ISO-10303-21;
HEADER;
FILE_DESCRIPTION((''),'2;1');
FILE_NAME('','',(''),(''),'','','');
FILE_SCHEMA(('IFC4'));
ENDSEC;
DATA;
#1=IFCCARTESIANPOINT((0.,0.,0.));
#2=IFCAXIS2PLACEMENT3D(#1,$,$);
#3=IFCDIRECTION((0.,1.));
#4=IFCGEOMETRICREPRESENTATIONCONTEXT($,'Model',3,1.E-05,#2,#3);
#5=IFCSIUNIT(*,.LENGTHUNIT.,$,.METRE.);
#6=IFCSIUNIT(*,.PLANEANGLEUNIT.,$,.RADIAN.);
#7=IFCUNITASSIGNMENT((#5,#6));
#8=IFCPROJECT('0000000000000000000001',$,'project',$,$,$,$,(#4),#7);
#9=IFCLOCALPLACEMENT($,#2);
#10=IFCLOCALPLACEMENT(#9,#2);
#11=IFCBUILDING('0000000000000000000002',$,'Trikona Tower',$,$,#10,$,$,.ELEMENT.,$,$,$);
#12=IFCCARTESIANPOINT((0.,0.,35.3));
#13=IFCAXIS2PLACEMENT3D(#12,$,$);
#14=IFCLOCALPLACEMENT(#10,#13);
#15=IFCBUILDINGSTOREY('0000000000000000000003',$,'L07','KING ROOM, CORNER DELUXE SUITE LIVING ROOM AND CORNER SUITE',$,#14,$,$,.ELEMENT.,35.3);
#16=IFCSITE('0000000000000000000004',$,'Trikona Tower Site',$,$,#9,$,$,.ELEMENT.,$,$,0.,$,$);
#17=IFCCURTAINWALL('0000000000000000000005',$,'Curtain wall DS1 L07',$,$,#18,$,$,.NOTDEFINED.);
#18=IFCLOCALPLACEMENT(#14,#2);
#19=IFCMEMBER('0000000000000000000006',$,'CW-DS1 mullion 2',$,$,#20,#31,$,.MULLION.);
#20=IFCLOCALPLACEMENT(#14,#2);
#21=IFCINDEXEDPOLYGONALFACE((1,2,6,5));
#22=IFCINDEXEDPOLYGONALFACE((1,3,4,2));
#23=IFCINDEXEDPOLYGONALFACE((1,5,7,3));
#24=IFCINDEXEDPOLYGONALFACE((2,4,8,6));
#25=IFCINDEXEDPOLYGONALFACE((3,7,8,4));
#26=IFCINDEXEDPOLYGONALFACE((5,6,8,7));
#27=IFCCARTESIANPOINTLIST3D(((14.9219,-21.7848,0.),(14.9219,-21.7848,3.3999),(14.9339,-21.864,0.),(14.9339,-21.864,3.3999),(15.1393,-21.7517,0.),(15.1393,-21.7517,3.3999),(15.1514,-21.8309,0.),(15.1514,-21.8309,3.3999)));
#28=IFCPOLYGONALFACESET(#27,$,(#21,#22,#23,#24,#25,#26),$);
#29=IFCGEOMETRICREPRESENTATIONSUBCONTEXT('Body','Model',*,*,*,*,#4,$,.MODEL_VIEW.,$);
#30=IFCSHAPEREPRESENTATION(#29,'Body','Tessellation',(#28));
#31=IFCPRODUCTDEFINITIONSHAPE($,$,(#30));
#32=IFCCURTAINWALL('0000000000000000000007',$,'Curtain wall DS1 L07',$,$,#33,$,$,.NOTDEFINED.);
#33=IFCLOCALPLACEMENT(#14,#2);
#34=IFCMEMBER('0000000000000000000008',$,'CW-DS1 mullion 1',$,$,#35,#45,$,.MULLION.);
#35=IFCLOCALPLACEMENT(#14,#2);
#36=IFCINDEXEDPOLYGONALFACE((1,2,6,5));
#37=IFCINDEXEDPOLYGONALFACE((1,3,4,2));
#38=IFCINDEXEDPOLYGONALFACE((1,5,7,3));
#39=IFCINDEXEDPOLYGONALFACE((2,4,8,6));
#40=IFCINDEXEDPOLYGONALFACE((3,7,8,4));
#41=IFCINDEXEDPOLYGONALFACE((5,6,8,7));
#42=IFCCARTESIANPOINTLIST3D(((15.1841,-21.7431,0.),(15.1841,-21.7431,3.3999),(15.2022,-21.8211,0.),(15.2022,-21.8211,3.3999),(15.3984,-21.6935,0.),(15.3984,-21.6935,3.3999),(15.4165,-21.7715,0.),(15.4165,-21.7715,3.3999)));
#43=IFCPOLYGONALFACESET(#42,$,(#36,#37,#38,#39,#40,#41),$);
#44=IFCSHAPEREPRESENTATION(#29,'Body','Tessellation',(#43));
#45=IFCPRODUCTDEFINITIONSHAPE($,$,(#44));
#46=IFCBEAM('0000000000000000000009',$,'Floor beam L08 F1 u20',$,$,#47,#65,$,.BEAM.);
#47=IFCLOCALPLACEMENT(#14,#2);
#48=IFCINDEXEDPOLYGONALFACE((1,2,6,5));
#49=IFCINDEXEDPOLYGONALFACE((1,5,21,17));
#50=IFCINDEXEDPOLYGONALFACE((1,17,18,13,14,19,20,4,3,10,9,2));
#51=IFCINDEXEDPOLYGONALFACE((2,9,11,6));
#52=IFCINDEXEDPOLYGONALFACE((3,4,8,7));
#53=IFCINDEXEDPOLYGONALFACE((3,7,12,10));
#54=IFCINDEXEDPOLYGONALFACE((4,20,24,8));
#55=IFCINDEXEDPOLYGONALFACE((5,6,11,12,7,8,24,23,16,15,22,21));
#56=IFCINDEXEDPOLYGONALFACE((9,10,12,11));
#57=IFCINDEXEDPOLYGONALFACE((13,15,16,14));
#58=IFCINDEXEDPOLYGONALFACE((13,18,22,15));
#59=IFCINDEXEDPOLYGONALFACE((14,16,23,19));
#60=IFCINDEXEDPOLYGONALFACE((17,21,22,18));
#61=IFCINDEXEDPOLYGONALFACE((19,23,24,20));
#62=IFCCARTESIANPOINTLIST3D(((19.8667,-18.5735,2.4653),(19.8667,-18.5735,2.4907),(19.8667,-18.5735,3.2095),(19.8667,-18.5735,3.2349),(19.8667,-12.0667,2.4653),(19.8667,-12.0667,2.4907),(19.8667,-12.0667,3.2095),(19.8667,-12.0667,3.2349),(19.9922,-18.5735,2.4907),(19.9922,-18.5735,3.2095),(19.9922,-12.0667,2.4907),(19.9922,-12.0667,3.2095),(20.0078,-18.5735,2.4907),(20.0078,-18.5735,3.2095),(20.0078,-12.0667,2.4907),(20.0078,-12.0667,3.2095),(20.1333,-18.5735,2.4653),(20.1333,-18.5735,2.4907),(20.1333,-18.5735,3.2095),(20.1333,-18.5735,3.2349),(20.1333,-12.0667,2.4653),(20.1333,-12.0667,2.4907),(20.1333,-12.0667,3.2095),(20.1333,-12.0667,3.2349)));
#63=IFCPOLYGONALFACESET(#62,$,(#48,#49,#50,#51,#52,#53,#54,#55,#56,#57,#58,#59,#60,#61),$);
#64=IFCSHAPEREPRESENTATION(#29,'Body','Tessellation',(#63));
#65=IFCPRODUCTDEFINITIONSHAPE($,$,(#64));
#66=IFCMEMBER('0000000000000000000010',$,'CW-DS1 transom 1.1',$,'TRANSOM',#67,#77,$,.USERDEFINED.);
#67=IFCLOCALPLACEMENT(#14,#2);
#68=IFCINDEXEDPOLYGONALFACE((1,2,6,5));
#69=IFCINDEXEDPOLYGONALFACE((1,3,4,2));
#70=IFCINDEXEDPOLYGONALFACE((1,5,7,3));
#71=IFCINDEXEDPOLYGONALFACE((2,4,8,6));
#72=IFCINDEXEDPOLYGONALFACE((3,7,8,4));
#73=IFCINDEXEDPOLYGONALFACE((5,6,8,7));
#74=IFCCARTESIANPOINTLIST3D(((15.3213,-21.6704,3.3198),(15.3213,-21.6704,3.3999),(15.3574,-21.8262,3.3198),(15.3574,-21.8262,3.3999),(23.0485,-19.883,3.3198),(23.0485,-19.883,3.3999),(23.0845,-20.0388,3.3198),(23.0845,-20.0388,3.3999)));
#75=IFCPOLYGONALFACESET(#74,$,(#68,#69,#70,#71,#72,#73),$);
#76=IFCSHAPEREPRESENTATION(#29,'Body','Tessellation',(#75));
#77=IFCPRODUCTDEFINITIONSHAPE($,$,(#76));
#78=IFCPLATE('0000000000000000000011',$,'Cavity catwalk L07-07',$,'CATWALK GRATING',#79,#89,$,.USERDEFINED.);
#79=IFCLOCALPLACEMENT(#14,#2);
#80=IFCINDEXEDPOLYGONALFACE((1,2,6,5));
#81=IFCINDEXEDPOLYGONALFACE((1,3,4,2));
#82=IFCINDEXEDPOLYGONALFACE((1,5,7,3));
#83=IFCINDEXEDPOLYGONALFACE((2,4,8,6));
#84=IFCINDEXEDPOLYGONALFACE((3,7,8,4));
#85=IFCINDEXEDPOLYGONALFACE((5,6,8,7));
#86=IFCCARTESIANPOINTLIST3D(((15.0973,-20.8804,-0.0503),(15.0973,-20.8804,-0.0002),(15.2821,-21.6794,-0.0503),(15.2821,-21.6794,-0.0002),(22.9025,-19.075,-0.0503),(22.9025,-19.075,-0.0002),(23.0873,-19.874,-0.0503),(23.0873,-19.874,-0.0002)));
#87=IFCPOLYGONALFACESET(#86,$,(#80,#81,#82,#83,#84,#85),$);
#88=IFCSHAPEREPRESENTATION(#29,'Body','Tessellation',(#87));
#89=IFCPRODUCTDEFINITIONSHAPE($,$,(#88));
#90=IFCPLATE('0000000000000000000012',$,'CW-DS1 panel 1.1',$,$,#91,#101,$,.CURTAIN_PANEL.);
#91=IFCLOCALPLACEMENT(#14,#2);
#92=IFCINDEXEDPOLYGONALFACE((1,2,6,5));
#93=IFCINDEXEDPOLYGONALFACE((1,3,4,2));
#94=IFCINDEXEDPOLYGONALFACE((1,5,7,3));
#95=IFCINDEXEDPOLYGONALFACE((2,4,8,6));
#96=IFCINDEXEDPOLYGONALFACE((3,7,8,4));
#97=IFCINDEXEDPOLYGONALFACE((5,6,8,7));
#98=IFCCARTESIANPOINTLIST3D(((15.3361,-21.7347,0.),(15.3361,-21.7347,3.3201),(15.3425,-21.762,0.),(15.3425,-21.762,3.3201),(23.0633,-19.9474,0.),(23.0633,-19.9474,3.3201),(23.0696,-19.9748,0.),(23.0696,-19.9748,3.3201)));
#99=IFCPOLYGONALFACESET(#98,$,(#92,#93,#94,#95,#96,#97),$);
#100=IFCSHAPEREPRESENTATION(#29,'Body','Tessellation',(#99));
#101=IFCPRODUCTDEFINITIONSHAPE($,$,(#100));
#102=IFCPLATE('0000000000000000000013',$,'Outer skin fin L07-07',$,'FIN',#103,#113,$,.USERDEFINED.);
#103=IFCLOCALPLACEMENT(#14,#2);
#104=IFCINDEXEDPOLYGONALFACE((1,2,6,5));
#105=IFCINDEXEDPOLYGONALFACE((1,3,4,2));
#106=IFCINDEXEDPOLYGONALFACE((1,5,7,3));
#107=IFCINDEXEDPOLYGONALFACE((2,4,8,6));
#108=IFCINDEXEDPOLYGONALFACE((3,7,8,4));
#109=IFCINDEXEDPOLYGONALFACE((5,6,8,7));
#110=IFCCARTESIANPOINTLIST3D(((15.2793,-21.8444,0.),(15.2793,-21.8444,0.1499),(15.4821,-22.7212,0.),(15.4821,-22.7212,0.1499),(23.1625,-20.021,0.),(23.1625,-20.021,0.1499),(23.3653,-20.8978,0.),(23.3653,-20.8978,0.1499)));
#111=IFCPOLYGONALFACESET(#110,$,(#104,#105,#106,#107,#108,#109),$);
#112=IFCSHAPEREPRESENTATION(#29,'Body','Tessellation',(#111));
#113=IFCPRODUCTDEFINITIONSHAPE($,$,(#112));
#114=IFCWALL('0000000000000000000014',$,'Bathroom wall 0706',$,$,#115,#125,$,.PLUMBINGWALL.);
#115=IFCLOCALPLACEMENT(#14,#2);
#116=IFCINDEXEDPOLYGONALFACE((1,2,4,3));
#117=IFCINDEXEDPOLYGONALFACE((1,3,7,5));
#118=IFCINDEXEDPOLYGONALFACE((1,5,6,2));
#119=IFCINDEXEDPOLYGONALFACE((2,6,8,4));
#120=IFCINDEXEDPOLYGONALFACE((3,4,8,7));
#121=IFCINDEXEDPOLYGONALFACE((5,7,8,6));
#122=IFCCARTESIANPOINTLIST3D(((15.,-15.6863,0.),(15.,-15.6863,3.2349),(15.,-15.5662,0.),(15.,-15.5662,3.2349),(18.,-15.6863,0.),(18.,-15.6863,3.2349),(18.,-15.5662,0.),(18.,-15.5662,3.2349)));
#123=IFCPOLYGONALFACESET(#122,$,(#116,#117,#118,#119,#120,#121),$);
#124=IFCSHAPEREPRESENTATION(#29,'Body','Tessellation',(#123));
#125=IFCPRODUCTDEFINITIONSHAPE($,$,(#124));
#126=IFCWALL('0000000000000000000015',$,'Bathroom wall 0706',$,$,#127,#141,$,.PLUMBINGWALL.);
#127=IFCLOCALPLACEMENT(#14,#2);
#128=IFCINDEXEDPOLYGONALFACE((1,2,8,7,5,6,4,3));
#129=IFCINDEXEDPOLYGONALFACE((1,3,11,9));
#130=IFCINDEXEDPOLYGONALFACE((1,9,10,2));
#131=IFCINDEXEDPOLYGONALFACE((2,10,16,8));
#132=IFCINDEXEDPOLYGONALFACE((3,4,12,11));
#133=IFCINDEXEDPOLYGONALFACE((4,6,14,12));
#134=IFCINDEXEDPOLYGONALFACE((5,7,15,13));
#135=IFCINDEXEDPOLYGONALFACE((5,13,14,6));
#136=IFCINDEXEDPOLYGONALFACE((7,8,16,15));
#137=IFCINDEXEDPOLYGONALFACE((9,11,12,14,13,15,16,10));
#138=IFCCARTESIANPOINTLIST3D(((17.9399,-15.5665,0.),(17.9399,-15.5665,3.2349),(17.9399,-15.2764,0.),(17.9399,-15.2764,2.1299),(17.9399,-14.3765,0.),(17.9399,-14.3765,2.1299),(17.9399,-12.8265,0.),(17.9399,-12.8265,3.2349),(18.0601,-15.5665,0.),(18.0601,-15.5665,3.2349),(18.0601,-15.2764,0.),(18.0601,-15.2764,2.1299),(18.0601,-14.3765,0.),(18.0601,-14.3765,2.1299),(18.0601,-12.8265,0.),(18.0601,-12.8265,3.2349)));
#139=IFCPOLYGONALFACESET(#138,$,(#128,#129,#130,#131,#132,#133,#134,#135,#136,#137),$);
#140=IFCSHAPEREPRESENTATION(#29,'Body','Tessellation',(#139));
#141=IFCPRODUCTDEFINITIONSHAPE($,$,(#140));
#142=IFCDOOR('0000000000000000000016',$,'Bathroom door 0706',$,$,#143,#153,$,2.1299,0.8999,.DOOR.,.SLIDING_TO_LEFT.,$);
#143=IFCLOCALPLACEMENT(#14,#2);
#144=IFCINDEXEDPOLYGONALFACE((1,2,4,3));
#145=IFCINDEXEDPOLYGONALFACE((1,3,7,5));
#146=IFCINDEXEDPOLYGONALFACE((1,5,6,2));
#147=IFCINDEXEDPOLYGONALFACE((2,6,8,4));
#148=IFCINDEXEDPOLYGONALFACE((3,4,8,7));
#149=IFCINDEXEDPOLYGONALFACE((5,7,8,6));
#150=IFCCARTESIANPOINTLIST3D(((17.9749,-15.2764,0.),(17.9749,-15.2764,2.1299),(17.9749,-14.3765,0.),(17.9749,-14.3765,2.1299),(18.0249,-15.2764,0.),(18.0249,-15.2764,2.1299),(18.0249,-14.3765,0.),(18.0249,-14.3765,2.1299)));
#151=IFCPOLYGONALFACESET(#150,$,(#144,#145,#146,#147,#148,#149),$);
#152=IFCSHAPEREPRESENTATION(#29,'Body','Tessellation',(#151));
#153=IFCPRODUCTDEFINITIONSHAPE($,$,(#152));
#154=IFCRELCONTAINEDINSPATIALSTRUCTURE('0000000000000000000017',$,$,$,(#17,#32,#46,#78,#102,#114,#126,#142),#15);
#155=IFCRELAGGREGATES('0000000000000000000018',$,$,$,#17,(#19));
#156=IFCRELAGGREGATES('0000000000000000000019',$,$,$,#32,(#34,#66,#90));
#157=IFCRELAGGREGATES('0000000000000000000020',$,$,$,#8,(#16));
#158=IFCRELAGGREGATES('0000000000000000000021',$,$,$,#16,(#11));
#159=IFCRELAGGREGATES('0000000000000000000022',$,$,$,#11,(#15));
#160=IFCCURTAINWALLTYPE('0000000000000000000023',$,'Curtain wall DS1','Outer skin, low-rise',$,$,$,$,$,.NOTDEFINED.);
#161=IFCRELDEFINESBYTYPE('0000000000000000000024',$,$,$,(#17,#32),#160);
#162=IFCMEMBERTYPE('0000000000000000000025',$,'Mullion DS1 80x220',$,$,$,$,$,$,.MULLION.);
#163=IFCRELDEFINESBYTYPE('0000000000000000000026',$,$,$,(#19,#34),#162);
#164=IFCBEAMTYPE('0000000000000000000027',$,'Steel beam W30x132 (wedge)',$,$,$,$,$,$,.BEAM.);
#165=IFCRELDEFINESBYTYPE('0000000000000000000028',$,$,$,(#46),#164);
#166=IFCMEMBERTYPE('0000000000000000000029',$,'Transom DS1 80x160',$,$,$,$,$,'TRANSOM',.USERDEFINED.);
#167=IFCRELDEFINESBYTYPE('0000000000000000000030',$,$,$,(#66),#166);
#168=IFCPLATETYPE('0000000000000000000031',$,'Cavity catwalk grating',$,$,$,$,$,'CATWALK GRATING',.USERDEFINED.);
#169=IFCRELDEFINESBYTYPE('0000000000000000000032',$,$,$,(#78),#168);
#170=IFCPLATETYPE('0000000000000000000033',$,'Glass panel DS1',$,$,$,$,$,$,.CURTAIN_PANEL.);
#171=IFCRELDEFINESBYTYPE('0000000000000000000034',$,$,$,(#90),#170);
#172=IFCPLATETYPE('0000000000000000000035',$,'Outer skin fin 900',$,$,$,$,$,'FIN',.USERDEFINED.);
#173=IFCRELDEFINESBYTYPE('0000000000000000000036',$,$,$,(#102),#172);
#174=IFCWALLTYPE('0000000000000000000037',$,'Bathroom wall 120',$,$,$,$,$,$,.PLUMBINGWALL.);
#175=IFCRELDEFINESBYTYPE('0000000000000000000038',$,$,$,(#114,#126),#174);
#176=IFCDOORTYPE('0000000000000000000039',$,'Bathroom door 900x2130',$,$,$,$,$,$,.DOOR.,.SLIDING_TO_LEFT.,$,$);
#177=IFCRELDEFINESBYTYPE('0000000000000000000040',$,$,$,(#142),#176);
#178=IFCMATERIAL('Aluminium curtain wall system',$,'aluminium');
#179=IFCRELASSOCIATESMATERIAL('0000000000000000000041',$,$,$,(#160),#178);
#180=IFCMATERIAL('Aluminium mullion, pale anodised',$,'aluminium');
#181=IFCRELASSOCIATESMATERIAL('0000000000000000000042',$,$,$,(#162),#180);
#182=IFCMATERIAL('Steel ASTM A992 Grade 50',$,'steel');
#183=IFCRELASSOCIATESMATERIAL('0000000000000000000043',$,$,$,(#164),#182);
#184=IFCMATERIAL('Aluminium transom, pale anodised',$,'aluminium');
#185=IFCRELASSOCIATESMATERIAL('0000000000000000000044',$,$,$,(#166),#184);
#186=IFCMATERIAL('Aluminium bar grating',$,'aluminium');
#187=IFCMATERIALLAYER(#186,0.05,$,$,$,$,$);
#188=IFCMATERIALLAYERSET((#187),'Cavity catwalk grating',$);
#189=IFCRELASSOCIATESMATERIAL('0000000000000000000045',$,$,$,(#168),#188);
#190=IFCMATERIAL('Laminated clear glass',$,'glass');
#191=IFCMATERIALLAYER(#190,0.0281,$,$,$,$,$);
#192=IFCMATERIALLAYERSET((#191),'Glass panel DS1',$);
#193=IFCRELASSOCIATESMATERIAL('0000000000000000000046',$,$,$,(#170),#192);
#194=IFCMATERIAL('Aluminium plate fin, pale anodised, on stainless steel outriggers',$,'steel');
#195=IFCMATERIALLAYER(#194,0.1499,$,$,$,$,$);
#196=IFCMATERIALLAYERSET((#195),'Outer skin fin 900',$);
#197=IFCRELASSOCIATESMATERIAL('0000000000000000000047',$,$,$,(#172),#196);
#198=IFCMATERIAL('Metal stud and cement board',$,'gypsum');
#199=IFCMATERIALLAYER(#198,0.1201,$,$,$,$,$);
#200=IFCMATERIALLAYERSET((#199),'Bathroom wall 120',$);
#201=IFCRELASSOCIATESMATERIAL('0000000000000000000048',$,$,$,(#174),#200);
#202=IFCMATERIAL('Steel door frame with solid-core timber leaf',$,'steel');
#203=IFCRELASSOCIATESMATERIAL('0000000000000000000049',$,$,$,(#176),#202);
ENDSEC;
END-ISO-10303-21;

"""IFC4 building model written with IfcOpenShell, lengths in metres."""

from ifc_helpers import new_model, si_unit, direction, frame, frame_2d, origin, origin_2d, place, context, subcontext, project, spatial, rectangle, i_section, extrude, material, layer, layer_set, material_profile, profile_set, type_object, element, fill, aggregate, save


model = new_model("IFC4")

# Units and contexts
model_context = context("Model", 3, precision=1e-05, world=origin(), true_north=direction((0.0, 1.0)))
body_context = subcontext(model_context, "Body", "Model", "MODEL_VIEW")
ifc_project = project(units=[si_unit("LENGTHUNIT", "METRE"), si_unit("PLANEANGLEUNIT", "RADIAN")], contexts=[model_context])

# Site, building, storey
site_placement = place(None, origin())
site = spatial("IfcSite", under=ifc_project, at=site_placement, Name="Trikona Tower Site", CompositionType="ELEMENT", RefElevation=0.0)
building_placement = place(site_placement, origin())
building = spatial("IfcBuilding", under=site, at=building_placement, Name="Trikona Tower", CompositionType="ELEMENT")
storey_placement = place(building_placement, frame((0.0, 0.0, 35.3)))
storey = spatial("IfcBuildingStorey", under=building, at=storey_placement, Name="L07", Description="KING ROOM, CORNER DELUXE SUITE LIVING ROOM AND CORNER SUITE", CompositionType="ELEMENT", Elevation=35.3)

# Curtain walls, members
ifc_material_1 = material(Name="Aluminium curtain wall system", Category="aluminium")
curtain_wall_type = type_object("IfcCurtainWallType", Name="Curtain wall DS1", Description="Outer skin, low-rise", PredefinedType="NOTDEFINED", material=ifc_material_1)
curtain_wall_1_placement = place(storey_placement, origin())
curtain_wall_1 = element("IfcCurtainWall", 1, at=curtain_wall_1_placement, inside=storey, type_object=curtain_wall_type, Name="Curtain wall DS1 L07", PredefinedType="NOTDEFINED")
ifc_material_2 = material(Name="Aluminium mullion, pale anodised", Category="aluminium")
ifc_material_profile_1 = material_profile(ifc_material_2, rectangle(XDim=0.0801, YDim=0.22, at=origin_2d()), Name="MUL-DS1")
ifc_profile_set_1 = profile_set([ifc_material_profile_1], Name="Aluminium mullion, pale anodised")
member_type_1 = type_object("IfcMemberType", Name="Mullion DS1 80x220", PredefinedType="MULLION", material=ifc_profile_set_1)
member_1_placement = place(storey_placement, frame((15.0366, -21.8079, 0.0), z_axis=(0.0, 0.0, 1.0), x_axis=(-0.150438, 0.988619, 0.0)))
member_1 = element("IfcMember", 2, at=member_1_placement, type_object=member_type_1, Name="CW-DS1 mullion 2", PredefinedType="MULLION", context=body_context, shape_type="SweptSolid", body=[
    extrude(rectangle(XDim=0.0801, YDim=0.22, at=origin_2d()), origin(), (0.0, 0.0, 1.0), 3.3999),
])
aggregate(curtain_wall_1, [member_1])
curtain_wall_2_placement = place(storey_placement, origin())
curtain_wall_2 = element("IfcCurtainWall", 3, at=curtain_wall_2_placement, inside=storey, type_object=curtain_wall_type, Name="Curtain wall DS1 L07", PredefinedType="NOTDEFINED")
member_2_placement = place(storey_placement, frame((15.3003, -21.7573, 0.0), z_axis=(0.0, 0.0, 1.0), x_axis=(-0.225343, 0.974279, 0.0)))
member_2 = element("IfcMember", 4, at=member_2_placement, type_object=member_type_1, Name="CW-DS1 mullion 1", PredefinedType="MULLION", context=body_context, shape_type="SweptSolid", body=[
    extrude(rectangle(XDim=0.0801, YDim=0.22, at=origin_2d()), origin(), (0.0, 0.0, 1.0), 3.3999),
])

# Beam
ifc_material_3 = material(Name="Steel ASTM A992 Grade 50", Category="steel")
ifc_material_profile_2 = material_profile(ifc_material_3, i_section(OverallWidth=0.2666, OverallDepth=0.7695, WebThickness=0.0156, FlangeThickness=0.0254, at=origin_2d()), Name="W30X132")
ifc_profile_set_2 = profile_set([ifc_material_profile_2], Name="Steel ASTM A992 Grade 50")
beam_type = type_object("IfcBeamType", Name="Steel beam W30x132 (wedge)", PredefinedType="BEAM", material=ifc_profile_set_2)
beam_placement = place(storey_placement, frame((20.0, -12.0667, 2.8501), z_axis=(0.0, -1.0, 0.0), x_axis=(1.0, 0.0, 0.0)))
element("IfcBeam", 5, at=beam_placement, inside=storey, type_object=beam_type, Name="Floor beam L08 F1 u20", PredefinedType="BEAM", context=body_context, shape_type="SweptSolid", body=[
    extrude(i_section(OverallWidth=0.2666, OverallDepth=0.7695, WebThickness=0.0156, FlangeThickness=0.0254, at=origin_2d()), origin(), (0.0, 0.0, 1.0), 6.5068),
])

# Member
ifc_material_4 = material(Name="Aluminium transom, pale anodised", Category="aluminium")
ifc_material_profile_3 = material_profile(ifc_material_4, rectangle(XDim=0.1599, YDim=0.0801, at=origin_2d()), Name="TRN-DS1")
ifc_profile_set_3 = profile_set([ifc_material_profile_3], Name="Aluminium transom, pale anodised")
member_type_2 = type_object("IfcMemberType", Name="Transom DS1 80x160", ElementType="TRANSOM", PredefinedType="USERDEFINED", material=ifc_profile_set_3)
member_3_placement = place(storey_placement, frame((15.3394, -21.7483, 3.3599), z_axis=(0.974275, 0.225361, 0.0), x_axis=(-0.225361, 0.974275, 0.0)))
member_3 = element("IfcMember", 6, at=member_3_placement, type_object=member_type_2, Name="CW-DS1 transom 1.1", ObjectType="TRANSOM", PredefinedType="USERDEFINED", context=body_context, shape_type="SweptSolid", body=[
    extrude(rectangle(XDim=0.1599, YDim=0.0801, at=origin_2d()), origin(), (0.0, 0.0, 1.0), 7.9312),
])

# Plates
ifc_material_5 = material(Name="Aluminium bar grating", Category="aluminium")
ifc_layer_1 = layer(ifc_material_5, 0.05)
ifc_layer_set_1 = layer_set([ifc_layer_1], Name="Cavity catwalk grating")
plate_type_1 = type_object("IfcPlateType", Name="Cavity catwalk grating", ElementType="CATWALK GRATING", PredefinedType="USERDEFINED", material=ifc_layer_set_1)
plate_1_placement = place(storey_placement, frame((19.0923, -20.3772, -0.0503), z_axis=(0.0, 0.0, 1.0), x_axis=(0.974278, 0.225351, 0.0)))
element("IfcPlate", 7, at=plate_1_placement, inside=storey, type_object=plate_type_1, Name="Cavity catwalk L07-07", ObjectType="CATWALK GRATING", PredefinedType="USERDEFINED", context=body_context, shape_type="SweptSolid", body=[
    extrude(rectangle(XDim=8.0112, YDim=0.8201, at=origin_2d()), origin(), (0.0, 0.0, 1.0), 0.05),
])
ifc_material_6 = material(Name="Laminated clear glass", Category="glass")
ifc_layer_2 = layer(ifc_material_6, 0.0281)
ifc_layer_set_2 = layer_set([ifc_layer_2], Name="Glass panel DS1")
plate_type_2 = type_object("IfcPlateType", Name="Glass panel DS1", PredefinedType="CURTAIN_PANEL", material=ifc_layer_set_2)
plate_2_placement = place(storey_placement, frame((19.2029, -20.8547, 0.0), z_axis=(0.0, 0.0, 1.0), x_axis=(0.974279, 0.225343, 0.0)))
plate_2 = element("IfcPlate", 8, at=plate_2_placement, type_object=plate_type_2, Name="CW-DS1 panel 1.1", PredefinedType="CURTAIN_PANEL", context=body_context, shape_type="SweptSolid", body=[
    extrude(rectangle(XDim=7.9312, YDim=0.0281, at=origin_2d()), origin(), (0.0, 0.0, 1.0), 3.3201),
])
aggregate(curtain_wall_2, [member_2, member_3, plate_2])
ifc_material_7 = material(Name="Aluminium plate fin, pale anodised, on stainless steel outriggers", Category="steel")
ifc_layer_3 = layer(ifc_material_7, 0.1499)
ifc_layer_set_3 = layer_set([ifc_layer_3], Name="Outer skin fin 900")
plate_type_3 = type_object("IfcPlateType", Name="Outer skin fin 900", ElementType="FIN", PredefinedType="USERDEFINED", material=ifc_layer_set_3)
plate_3_placement = place(storey_placement, frame((19.3223, -21.3711, 0.0), z_axis=(0.0, 0.0, 1.0), x_axis=(0.974278, 0.225351, 0.0)))
element("IfcPlate", 9, at=plate_3_placement, inside=storey, type_object=plate_type_3, Name="Outer skin fin L07-07", ObjectType="FIN", PredefinedType="USERDEFINED", context=body_context, shape_type="SweptSolid", body=[
    extrude(rectangle(XDim=8.0913, YDim=0.8999, at=origin_2d()), origin(), (0.0, 0.0, 1.0), 0.1499),
])

# Wall
ifc_material_8 = material(Name="Metal stud and cement board", Category="gypsum")
ifc_layer_4 = layer(ifc_material_8, 0.1201)
ifc_layer_set_4 = layer_set([ifc_layer_4], Name="Bathroom wall 120")
wall_type_1 = type_object("IfcWallType", Name="Bathroom wall 120", PredefinedType="PLUMBINGWALL", material=ifc_layer_set_4)
wall_1_placement = place(storey_placement, frame((15.0, -15.6262, 0.0), z_axis=(0.0, 0.0, 1.0), x_axis=(1.0, 0.0, 0.0)))
element("IfcWall", 10, at=wall_1_placement, inside=storey, type_object=wall_type_1, Name="Bathroom wall 0706", PredefinedType="PLUMBINGWALL", context=body_context, shape_type="SweptSolid", body=[
    extrude(rectangle(XDim=3.0, YDim=0.1201, at=frame_2d((1.5, 0.0))), origin(), (0.0, 0.0, 1.0), 3.2349),
])

# Wall, opening, door
wall_2_placement = place(storey_placement, frame((18.0, -12.8264, 0.0), z_axis=(0.0, 0.0, 1.0), x_axis=(0.0, -1.0, 0.0)))
wall_2 = element("IfcWall", 11, at=wall_2_placement, inside=storey, type_object=wall_type_1, Name="Bathroom wall 0706", PredefinedType="PLUMBINGWALL", context=body_context, shape_type="SweptSolid", body=[
    extrude(rectangle(XDim=2.74, YDim=0.1201, at=frame_2d((1.3701, 0.0))), origin(), (0.0, 0.0, 1.0), 3.2349),
])
opening_1_placement = place(wall_2_placement, frame((1.55, 0.0, 0.0)))
opening_1 = element("IfcOpeningElement", 12, at=opening_1_placement, cuts=wall_2, PredefinedType="OPENING", context=body_context, shape_type="SweptSolid", body=[
    extrude(rectangle(XDim=0.8999, YDim=2.1299, at=frame_2d((0.45, 1.0649))), frame((0.0, 0.0701, 0.0), z_axis=(0.0, -1.0, 0.0), x_axis=(1.0, 0.0, 0.0)), (0.0, 0.0, 1.0), 0.1401),
])
ifc_material_9 = material(Name="Steel door frame with solid-core timber leaf", Category="steel")
door_type_1 = type_object("IfcDoorType", Name="Bathroom door 900x2130", OperationType="SLIDING_TO_LEFT", PredefinedType="DOOR", material=ifc_material_9)
door_1_placement = place(opening_1_placement, origin())
door_1 = element("IfcDoor", 13, at=door_1_placement, inside=storey, type_object=door_type_1, Name="Bathroom door 0706", OperationType="SLIDING_TO_LEFT", OverallHeight=2.1299, OverallWidth=0.8999, PredefinedType="DOOR", context=body_context, shape_type="SweptSolid", body=[
    extrude(rectangle(XDim=0.8999, YDim=2.1299, at=frame_2d((0.45, 1.0649))), frame((0.0, 0.0249, 0.0), z_axis=(0.0, -1.0, 0.0), x_axis=(1.0, 0.0, 0.0)), (0.0, 0.0, 1.0), 0.05),
])
fill(opening_1, door_1)

save(model, "model.ifc")
